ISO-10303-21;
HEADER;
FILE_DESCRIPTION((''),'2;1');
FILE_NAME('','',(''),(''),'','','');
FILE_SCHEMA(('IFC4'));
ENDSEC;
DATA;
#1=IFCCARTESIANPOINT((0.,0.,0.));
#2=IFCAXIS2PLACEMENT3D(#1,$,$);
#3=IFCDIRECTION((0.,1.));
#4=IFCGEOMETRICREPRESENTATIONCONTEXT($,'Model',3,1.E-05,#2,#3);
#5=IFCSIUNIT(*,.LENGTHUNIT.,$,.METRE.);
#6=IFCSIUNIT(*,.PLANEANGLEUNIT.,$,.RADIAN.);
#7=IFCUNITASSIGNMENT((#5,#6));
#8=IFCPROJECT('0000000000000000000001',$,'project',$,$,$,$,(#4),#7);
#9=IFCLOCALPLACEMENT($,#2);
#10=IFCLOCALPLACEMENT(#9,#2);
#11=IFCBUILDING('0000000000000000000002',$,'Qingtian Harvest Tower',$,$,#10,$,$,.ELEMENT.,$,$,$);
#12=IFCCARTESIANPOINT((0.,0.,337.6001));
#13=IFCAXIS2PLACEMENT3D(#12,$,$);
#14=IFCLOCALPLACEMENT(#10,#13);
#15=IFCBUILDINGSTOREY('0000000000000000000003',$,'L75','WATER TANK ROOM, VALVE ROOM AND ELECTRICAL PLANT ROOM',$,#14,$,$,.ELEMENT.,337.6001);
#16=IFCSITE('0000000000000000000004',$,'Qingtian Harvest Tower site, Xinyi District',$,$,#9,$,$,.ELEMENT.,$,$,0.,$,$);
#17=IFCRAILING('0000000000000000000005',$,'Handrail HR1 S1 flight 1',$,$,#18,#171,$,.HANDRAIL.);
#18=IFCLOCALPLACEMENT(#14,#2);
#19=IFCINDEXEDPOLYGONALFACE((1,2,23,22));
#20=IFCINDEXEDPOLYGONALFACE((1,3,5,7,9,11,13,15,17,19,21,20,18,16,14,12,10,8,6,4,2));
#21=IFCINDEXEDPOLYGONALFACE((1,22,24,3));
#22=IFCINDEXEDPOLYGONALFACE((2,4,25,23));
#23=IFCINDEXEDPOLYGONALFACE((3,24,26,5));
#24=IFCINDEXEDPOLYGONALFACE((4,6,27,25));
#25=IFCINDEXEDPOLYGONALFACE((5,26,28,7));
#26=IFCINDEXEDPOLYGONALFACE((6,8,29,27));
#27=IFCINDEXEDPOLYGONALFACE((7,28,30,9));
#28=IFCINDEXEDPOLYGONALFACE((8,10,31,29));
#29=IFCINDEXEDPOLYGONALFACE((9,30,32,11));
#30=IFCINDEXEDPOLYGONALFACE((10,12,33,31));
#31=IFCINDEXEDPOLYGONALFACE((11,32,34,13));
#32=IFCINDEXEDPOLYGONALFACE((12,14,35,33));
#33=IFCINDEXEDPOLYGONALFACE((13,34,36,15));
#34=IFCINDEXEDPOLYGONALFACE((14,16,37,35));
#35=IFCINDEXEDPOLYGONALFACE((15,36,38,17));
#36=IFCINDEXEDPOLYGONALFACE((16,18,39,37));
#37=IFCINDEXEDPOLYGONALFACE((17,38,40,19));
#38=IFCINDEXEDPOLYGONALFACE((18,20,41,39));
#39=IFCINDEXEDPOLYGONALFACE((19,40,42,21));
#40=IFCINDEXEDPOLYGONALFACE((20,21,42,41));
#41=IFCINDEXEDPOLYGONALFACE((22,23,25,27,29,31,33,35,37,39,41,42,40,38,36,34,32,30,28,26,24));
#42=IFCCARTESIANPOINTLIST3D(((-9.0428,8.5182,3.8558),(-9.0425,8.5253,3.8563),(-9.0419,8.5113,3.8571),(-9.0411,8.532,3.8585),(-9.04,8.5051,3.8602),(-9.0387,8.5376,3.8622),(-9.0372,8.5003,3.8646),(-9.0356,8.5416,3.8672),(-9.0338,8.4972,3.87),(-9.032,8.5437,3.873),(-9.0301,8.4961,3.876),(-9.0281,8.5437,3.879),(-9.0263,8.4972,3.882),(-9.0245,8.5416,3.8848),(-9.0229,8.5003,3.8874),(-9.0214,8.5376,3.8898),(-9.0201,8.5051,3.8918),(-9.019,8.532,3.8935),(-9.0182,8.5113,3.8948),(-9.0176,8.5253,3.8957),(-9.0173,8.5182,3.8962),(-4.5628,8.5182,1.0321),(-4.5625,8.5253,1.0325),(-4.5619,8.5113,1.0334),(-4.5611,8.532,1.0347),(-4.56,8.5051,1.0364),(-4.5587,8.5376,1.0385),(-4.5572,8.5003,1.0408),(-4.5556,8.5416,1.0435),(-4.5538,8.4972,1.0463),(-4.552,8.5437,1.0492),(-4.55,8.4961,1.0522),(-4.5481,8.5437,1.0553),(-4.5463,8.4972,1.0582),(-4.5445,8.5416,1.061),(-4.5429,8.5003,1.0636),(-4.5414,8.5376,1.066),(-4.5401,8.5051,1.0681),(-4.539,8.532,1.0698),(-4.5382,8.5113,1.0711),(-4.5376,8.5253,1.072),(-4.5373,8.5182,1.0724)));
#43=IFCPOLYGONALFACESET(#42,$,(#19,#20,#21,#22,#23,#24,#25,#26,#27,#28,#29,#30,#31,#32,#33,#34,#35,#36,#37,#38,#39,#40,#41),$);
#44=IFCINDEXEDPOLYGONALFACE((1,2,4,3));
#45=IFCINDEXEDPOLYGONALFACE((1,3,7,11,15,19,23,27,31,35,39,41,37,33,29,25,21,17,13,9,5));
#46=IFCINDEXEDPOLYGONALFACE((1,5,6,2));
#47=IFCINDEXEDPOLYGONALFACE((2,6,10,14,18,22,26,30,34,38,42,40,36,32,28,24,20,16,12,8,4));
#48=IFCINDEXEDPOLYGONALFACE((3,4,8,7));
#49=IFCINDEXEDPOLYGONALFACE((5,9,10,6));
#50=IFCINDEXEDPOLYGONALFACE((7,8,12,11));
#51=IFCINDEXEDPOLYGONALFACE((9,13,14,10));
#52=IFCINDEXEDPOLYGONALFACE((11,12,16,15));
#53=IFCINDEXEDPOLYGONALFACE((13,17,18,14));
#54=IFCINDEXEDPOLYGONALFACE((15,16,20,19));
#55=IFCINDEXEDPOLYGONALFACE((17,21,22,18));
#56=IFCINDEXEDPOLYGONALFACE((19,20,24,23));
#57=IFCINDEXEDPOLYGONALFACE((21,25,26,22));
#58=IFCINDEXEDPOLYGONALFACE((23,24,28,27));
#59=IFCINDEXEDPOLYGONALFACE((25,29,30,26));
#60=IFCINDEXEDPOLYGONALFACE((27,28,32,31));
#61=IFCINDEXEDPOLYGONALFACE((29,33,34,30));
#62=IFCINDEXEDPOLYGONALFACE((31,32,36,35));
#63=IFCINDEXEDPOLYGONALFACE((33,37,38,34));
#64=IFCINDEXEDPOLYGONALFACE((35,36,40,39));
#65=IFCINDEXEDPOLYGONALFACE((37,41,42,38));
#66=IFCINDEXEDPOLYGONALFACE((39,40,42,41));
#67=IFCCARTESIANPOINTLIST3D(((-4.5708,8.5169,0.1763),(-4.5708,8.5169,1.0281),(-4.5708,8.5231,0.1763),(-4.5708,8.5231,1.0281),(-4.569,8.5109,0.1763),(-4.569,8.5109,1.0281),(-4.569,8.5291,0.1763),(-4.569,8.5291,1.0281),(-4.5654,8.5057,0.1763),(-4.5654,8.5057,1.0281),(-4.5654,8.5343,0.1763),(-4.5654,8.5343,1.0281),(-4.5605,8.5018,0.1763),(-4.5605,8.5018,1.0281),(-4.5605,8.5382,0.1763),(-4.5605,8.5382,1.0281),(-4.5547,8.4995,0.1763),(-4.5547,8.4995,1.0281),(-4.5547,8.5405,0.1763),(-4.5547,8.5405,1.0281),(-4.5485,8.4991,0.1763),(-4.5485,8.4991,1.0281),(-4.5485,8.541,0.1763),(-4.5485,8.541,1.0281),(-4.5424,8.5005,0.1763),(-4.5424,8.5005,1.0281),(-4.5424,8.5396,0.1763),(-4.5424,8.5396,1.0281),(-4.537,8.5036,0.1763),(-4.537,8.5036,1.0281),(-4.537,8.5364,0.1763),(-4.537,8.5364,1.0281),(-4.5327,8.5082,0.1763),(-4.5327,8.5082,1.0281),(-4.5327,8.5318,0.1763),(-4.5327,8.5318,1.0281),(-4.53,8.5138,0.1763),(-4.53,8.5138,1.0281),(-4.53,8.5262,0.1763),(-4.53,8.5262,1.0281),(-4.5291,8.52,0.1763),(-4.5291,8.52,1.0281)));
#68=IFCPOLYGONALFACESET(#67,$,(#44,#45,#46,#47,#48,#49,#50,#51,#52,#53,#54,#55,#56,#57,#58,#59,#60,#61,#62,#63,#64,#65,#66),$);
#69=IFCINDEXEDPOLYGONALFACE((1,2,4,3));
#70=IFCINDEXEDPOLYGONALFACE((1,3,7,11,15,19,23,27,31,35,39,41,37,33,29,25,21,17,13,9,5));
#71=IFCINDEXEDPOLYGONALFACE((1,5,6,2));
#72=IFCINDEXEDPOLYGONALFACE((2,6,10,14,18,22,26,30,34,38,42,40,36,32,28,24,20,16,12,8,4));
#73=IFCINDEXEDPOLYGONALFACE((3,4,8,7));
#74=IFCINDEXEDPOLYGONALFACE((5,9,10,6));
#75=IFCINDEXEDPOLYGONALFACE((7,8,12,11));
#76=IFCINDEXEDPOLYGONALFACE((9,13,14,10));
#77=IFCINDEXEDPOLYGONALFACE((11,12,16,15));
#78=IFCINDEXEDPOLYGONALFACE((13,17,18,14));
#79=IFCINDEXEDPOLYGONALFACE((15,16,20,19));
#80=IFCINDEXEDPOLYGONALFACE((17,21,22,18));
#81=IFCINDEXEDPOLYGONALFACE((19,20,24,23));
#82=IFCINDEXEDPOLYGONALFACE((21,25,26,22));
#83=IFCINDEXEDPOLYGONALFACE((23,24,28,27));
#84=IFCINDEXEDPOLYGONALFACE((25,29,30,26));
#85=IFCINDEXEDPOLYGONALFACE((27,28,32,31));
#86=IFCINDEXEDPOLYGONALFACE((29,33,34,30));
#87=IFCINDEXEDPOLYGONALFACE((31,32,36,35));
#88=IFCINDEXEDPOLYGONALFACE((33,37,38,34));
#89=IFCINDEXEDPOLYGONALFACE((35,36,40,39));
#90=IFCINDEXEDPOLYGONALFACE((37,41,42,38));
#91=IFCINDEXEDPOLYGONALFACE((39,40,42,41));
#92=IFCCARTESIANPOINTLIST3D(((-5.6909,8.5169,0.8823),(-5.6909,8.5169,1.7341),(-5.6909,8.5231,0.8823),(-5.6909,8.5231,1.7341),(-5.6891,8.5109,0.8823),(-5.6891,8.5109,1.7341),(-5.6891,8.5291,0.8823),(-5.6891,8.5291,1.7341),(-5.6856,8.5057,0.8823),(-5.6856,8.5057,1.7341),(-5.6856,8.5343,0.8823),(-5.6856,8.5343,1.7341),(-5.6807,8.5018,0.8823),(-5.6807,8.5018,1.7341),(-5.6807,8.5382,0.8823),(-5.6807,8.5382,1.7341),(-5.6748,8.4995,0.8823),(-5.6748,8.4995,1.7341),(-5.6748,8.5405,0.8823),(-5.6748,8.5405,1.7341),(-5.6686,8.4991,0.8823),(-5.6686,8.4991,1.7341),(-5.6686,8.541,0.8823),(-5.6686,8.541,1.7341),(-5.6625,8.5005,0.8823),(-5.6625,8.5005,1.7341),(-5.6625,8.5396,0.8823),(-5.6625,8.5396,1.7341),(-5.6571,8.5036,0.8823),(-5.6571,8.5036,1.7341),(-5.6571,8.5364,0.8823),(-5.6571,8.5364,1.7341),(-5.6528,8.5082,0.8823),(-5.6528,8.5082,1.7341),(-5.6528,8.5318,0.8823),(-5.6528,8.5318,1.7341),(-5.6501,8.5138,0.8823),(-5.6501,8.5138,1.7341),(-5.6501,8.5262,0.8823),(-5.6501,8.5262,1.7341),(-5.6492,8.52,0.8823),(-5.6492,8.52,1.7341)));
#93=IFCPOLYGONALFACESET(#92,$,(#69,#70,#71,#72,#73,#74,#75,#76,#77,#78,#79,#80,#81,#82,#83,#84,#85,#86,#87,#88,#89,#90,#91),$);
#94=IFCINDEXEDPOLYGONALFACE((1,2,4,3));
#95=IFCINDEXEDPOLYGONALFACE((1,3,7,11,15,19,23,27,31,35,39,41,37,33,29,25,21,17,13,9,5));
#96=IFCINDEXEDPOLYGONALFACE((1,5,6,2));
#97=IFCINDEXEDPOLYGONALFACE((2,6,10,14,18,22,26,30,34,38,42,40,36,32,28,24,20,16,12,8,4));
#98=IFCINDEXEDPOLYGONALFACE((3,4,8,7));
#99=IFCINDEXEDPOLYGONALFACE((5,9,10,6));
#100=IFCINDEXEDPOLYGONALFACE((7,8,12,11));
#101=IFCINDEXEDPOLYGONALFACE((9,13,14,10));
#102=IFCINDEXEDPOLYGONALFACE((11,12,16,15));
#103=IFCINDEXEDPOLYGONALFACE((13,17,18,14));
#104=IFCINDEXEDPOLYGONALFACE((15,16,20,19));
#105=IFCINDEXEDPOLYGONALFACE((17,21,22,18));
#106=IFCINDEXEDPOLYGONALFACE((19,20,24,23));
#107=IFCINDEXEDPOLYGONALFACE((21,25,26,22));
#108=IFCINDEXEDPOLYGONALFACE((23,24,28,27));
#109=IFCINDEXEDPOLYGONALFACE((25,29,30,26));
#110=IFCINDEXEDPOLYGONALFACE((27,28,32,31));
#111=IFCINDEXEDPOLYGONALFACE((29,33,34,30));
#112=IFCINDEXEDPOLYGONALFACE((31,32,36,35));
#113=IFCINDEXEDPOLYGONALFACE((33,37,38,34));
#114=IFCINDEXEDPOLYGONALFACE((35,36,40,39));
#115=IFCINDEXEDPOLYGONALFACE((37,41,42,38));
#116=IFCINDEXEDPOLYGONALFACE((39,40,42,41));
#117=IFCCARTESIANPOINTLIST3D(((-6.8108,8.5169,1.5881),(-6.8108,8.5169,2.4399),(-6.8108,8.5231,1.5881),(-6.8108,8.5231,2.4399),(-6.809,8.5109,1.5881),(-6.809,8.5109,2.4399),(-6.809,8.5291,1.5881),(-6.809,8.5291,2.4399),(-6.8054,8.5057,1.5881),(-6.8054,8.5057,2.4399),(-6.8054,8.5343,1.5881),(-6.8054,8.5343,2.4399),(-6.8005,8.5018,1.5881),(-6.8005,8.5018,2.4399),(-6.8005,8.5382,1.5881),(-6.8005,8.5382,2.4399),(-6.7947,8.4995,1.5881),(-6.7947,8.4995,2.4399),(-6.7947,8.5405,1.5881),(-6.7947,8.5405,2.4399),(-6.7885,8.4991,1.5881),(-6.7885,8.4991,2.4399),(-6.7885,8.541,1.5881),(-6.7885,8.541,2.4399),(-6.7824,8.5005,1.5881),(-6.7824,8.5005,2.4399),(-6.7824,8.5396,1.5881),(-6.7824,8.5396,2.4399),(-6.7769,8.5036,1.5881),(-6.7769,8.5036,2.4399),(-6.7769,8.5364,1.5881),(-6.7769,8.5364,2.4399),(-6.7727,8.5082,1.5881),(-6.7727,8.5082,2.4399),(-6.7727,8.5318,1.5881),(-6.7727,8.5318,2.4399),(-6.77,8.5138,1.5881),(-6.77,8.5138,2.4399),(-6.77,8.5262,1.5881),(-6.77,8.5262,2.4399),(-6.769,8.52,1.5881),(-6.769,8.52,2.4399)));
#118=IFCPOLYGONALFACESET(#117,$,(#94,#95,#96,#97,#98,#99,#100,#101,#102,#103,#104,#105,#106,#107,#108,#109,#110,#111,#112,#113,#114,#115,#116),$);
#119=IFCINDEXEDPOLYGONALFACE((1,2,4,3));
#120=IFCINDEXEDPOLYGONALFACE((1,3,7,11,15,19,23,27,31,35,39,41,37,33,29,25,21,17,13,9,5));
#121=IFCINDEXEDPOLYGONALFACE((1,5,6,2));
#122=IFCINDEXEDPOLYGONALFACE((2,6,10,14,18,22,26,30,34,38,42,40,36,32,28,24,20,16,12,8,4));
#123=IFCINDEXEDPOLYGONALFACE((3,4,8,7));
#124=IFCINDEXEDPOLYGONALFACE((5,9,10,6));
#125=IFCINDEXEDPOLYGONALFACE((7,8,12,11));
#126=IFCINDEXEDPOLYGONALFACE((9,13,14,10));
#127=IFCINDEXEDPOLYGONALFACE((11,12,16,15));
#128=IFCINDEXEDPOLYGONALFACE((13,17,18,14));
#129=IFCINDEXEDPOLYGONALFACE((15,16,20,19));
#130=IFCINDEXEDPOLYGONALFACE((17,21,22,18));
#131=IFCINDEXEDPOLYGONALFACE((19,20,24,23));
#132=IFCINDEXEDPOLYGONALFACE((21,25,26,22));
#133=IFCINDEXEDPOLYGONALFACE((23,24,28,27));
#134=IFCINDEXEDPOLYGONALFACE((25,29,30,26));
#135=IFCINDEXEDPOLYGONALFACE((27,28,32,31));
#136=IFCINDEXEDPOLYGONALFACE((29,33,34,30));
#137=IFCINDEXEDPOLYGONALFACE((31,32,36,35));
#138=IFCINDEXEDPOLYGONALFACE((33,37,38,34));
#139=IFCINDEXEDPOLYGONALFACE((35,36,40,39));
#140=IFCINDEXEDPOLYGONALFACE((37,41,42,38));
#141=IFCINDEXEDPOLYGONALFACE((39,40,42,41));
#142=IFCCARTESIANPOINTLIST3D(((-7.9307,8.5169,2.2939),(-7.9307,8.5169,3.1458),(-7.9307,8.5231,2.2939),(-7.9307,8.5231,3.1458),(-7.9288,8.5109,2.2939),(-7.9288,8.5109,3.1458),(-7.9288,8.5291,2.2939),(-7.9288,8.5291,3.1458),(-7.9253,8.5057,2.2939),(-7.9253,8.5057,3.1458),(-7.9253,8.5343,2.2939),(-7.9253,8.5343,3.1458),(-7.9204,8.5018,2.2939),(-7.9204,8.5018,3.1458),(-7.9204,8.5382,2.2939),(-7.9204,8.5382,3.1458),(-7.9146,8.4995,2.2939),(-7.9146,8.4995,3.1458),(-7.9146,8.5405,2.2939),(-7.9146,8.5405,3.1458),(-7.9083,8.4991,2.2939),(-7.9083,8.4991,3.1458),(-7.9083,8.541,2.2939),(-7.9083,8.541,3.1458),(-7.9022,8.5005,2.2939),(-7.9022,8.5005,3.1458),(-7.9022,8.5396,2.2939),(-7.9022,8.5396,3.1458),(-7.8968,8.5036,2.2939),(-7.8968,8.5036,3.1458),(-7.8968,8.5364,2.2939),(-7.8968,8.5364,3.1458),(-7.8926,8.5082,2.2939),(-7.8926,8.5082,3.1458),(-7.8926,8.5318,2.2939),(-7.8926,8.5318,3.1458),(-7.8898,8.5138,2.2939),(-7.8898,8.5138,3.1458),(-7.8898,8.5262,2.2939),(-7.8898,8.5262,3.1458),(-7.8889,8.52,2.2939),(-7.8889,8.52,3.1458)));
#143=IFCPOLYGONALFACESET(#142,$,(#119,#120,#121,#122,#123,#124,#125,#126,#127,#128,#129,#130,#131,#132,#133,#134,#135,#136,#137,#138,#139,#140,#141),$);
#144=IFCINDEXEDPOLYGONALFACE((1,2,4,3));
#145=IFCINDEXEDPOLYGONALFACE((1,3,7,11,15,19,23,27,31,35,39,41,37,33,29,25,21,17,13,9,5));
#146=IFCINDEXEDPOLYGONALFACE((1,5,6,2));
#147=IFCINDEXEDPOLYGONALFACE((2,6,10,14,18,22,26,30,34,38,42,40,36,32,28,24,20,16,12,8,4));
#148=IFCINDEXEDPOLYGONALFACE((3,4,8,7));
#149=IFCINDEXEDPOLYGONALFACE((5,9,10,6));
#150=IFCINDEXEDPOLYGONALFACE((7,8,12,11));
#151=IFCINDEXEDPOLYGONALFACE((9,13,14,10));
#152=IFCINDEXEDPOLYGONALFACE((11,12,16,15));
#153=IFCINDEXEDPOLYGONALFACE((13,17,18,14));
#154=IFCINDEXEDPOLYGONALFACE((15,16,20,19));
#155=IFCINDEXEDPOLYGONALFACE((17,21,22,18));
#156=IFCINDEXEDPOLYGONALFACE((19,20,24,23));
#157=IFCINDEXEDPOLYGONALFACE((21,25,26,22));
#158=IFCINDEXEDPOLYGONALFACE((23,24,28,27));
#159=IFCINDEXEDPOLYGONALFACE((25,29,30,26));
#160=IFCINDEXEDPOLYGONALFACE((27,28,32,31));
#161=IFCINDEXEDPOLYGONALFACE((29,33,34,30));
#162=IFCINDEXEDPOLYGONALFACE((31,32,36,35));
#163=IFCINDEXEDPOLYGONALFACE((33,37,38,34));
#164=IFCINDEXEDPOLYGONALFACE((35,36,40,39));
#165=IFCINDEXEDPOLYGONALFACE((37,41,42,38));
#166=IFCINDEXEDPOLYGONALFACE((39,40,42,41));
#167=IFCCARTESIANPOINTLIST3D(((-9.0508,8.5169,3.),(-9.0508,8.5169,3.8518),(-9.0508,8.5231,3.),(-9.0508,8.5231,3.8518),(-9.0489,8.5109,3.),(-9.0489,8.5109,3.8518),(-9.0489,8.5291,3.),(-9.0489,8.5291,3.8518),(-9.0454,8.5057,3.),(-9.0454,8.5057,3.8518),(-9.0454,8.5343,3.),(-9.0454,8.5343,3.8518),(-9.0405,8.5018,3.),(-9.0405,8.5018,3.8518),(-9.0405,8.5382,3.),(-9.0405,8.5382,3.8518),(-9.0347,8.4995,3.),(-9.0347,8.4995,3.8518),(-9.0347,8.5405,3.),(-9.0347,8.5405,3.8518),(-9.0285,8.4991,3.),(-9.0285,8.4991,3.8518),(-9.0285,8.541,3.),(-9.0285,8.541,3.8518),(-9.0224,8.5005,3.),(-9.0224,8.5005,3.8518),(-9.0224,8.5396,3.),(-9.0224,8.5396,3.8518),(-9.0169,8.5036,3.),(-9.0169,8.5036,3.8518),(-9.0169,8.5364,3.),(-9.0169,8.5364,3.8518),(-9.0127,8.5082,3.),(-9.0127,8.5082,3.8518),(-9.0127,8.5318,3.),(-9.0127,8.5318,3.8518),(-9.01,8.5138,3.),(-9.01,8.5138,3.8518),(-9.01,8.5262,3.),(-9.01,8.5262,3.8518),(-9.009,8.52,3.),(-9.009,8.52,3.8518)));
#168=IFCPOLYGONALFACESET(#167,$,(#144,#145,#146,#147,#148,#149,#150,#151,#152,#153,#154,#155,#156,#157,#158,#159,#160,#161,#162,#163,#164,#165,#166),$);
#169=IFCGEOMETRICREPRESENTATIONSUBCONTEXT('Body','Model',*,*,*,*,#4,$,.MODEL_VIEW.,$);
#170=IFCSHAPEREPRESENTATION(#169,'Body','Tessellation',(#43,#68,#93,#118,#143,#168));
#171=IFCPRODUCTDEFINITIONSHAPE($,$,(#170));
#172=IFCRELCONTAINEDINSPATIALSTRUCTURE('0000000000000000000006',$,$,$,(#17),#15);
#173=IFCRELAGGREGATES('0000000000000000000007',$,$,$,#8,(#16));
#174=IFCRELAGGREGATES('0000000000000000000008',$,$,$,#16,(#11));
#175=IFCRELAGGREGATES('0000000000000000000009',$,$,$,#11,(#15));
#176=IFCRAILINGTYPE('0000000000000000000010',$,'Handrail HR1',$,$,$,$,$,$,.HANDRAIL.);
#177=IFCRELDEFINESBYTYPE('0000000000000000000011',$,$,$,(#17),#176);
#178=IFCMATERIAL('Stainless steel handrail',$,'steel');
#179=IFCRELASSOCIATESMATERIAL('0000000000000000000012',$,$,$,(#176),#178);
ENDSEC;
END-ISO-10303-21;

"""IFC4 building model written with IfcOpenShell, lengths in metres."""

from ifc_helpers import new_model, si_unit, direction, frame, origin, origin_2d, place, context, subcontext, project, spatial, circle, extrude, material, type_object, element, save


model = new_model("IFC4")

# Units and contexts
model_context = context("Model", 3, precision=1e-05, world=origin(), true_north=direction((0.0, 1.0)))
body_context = subcontext(model_context, "Body", "Model", "MODEL_VIEW")
ifc_project = project(units=[si_unit("LENGTHUNIT", "METRE"), si_unit("PLANEANGLEUNIT", "RADIAN")], contexts=[model_context])

# Site, building, storey
site_placement = place(None, origin())
site = spatial("IfcSite", under=ifc_project, at=site_placement, Name="Qingtian Harvest Tower site, Xinyi District", CompositionType="ELEMENT", RefElevation=0.0)
building_placement = place(site_placement, origin())
building = spatial("IfcBuilding", under=site, at=building_placement, Name="Qingtian Harvest Tower", CompositionType="ELEMENT")
storey_placement = place(building_placement, frame((0.0, 0.0, 337.6001)))
storey = spatial("IfcBuildingStorey", under=building, at=storey_placement, Name="L75", Description="WATER TANK ROOM, VALVE ROOM AND ELECTRICAL PLANT ROOM", CompositionType="ELEMENT", Elevation=337.6001)

# Railing
ifc_material_1 = material(Name="Stainless steel handrail", Category="steel")
railing_type = type_object("IfcRailingType", Name="Handrail HR1", PredefinedType="HANDRAIL", material=ifc_material_1)
railing_1_placement = place(storey_placement, frame((-4.55, 8.52, 0.1763)))
element("IfcRailing", 1, at=railing_1_placement, inside=storey, type_object=railing_type, Name="Handrail HR1 S1 flight 1", PredefinedType="HANDRAIL", context=body_context, shape_type="SweptSolid", body=[
    extrude(circle(Radius=0.0239, at=origin_2d()), frame((0.0, 0.0, 0.876), z_axis=(-0.845977, 0.0, 0.533219), x_axis=(0.0, -1.0, 0.0)), (0.0, 0.0, 1.0), 5.2957),
    extrude(circle(Radius=0.021, at=origin_2d()), origin(), (0.0, 0.0, 1.0), 0.8518),
    extrude(circle(Radius=0.021, at=origin_2d()), frame((-1.1201, 0.0, 0.7061)), (0.0, 0.0, 1.0), 0.8518),
    extrude(circle(Radius=0.021, at=origin_2d()), frame((-2.24, 0.0, 1.4119)), (0.0, 0.0, 1.0), 0.8518),
    extrude(circle(Radius=0.021, at=origin_2d()), frame((-3.3599, 0.0, 2.1177)), (0.0, 0.0, 1.0), 0.8518),
    extrude(circle(Radius=0.021, at=origin_2d()), frame((-4.48, 0.0, 2.8237)), (0.0, 0.0, 1.0), 0.8518),
])

save(model, "model.ifc")
